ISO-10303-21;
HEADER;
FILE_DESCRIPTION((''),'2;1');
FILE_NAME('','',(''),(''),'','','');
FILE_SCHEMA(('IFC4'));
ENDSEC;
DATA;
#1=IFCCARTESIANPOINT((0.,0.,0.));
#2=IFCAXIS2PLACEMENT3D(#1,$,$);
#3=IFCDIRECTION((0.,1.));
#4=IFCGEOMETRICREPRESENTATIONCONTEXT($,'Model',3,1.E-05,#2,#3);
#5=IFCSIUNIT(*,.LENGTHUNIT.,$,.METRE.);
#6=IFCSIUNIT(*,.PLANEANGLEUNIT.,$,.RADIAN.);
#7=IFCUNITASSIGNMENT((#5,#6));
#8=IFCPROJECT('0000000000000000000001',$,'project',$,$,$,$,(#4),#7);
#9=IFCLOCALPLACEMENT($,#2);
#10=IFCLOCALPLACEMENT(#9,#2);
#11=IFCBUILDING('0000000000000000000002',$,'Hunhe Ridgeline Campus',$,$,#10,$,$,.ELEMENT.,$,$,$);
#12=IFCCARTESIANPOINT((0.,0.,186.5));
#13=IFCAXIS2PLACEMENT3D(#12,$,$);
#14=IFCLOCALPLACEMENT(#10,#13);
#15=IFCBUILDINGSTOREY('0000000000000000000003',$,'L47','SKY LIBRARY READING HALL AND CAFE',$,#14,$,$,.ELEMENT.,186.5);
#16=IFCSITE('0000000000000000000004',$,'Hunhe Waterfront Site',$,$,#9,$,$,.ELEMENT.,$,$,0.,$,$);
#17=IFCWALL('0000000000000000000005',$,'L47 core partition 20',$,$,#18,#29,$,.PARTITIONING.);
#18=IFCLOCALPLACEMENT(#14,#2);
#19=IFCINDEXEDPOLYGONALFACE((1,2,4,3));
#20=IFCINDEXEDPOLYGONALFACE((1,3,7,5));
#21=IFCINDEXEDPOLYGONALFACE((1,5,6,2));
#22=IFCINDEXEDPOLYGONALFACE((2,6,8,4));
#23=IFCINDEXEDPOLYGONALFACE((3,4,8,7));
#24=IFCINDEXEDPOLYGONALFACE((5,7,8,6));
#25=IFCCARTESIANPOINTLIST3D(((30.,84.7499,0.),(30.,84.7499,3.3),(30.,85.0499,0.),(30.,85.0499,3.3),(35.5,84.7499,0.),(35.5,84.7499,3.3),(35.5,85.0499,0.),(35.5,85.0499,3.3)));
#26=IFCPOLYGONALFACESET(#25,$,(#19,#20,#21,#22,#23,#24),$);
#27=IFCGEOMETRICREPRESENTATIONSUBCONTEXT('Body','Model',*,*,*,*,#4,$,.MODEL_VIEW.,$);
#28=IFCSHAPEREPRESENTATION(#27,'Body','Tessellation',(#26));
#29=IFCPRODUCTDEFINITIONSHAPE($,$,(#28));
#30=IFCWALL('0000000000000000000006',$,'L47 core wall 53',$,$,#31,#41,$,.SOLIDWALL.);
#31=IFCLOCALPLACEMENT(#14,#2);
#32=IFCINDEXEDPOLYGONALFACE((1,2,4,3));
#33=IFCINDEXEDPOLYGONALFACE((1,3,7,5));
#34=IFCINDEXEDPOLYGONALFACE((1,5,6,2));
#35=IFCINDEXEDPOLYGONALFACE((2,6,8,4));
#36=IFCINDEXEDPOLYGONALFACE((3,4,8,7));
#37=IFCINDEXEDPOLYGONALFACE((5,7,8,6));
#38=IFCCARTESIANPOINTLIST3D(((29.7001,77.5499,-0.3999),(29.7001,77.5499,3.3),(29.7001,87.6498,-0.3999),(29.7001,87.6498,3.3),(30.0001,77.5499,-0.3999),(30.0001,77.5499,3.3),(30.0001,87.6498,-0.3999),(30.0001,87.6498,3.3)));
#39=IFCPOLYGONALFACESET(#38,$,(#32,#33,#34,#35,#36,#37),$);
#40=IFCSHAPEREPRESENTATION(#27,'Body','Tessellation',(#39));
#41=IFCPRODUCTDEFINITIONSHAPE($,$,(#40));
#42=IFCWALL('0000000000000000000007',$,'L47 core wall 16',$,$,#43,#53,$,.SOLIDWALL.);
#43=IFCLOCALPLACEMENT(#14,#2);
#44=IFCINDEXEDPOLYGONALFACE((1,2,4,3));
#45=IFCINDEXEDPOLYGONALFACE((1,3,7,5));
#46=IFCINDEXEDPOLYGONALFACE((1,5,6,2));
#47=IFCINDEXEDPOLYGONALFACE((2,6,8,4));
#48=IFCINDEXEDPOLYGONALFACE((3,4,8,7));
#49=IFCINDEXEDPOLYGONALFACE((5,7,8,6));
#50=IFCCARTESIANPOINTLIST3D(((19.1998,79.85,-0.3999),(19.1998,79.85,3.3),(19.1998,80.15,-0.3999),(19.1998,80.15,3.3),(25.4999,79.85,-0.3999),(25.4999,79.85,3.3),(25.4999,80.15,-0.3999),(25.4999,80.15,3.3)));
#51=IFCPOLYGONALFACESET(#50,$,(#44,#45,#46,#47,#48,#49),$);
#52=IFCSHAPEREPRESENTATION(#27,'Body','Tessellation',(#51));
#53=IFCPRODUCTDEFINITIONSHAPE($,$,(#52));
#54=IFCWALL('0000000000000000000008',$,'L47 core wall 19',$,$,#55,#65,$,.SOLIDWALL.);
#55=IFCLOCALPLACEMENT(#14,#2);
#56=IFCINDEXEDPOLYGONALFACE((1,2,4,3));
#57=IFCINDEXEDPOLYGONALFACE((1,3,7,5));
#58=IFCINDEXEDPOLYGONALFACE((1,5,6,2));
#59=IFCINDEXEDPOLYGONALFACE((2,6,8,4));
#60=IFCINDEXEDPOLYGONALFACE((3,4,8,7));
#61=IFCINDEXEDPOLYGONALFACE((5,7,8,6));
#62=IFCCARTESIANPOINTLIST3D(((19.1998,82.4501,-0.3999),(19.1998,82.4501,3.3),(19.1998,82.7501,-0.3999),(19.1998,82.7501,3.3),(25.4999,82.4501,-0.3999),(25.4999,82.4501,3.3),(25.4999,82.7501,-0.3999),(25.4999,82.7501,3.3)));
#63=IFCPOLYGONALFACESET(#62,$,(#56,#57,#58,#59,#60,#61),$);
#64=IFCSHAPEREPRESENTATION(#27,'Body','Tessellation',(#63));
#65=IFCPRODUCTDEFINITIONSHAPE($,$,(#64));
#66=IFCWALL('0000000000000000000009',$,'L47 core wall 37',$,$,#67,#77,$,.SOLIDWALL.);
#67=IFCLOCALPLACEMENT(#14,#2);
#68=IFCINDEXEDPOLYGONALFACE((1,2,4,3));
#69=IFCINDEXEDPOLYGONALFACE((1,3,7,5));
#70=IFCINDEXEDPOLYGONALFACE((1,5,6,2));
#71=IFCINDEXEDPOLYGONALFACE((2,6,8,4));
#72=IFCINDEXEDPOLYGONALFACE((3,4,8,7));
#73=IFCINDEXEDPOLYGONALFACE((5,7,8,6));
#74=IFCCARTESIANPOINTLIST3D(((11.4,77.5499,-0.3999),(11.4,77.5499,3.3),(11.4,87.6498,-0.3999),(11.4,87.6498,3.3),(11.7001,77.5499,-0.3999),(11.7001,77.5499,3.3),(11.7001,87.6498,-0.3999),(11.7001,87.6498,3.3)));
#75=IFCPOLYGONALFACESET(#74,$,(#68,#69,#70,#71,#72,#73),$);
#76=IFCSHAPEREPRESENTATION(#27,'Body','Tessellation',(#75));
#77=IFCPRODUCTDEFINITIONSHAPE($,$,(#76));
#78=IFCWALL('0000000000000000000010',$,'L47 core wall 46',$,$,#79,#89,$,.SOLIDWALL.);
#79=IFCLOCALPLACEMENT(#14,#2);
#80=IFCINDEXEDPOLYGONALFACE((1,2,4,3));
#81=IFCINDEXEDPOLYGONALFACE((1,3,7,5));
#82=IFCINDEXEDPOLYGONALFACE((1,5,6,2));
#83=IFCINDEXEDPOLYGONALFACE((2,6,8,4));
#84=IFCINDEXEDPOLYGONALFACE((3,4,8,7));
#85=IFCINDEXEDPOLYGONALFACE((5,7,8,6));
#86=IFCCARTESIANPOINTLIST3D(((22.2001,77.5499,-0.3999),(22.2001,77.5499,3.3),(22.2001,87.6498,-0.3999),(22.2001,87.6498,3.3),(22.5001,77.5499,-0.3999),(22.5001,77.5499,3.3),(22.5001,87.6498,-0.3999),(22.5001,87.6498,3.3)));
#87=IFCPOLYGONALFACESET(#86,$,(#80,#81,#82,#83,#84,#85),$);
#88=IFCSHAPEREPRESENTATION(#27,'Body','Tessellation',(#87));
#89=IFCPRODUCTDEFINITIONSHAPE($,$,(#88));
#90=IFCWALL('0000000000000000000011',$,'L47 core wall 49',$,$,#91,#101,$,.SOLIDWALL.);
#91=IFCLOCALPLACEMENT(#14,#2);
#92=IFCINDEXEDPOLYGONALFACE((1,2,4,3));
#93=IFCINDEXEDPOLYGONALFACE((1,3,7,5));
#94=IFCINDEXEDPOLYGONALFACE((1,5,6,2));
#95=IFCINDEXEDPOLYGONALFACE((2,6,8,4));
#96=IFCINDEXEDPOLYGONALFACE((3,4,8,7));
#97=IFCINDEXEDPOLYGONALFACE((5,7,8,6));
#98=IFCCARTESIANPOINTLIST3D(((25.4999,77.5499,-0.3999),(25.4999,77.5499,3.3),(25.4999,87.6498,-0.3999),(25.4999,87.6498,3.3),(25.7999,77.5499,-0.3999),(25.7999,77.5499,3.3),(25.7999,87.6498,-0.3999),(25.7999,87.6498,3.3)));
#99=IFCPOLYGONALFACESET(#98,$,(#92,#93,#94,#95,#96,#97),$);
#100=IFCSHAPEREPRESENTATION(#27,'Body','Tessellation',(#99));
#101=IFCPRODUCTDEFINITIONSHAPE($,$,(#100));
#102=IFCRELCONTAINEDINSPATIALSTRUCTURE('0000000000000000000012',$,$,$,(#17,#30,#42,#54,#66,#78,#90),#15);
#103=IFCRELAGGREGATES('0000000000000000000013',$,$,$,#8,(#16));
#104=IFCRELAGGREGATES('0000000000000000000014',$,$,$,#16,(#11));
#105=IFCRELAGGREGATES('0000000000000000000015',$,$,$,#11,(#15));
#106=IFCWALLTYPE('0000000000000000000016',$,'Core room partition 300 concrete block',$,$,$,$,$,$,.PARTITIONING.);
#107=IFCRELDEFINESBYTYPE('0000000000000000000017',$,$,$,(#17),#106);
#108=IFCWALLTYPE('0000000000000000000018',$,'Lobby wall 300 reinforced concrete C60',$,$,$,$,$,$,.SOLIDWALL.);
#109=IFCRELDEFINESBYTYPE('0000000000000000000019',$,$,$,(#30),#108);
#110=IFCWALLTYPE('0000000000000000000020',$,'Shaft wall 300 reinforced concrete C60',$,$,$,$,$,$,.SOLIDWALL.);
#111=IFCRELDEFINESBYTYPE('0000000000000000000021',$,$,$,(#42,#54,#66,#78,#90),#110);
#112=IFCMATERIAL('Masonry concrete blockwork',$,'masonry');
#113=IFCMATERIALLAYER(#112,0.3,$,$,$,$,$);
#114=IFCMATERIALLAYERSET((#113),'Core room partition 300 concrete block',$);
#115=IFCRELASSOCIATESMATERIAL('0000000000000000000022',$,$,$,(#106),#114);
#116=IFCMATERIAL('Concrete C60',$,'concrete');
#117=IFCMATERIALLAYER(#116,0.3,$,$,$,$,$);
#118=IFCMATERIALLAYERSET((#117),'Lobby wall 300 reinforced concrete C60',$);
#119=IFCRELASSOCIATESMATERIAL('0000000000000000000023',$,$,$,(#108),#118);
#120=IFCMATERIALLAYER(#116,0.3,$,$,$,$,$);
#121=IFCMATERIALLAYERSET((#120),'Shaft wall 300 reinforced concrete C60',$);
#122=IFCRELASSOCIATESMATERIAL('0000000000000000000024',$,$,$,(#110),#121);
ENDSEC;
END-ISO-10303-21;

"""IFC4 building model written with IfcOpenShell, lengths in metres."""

from ifc_helpers import new_model, si_unit, direction, frame, frame_2d, origin, place, context, subcontext, project, spatial, rectangle, extrude, material, layer, layer_set, type_object, element, save


model = new_model("IFC4")

# Units and contexts
model_context = context("Model", 3, precision=1e-05, world=origin(), true_north=direction((0.0, 1.0)))
body_context = subcontext(model_context, "Body", "Model", "MODEL_VIEW")
ifc_project = project(units=[si_unit("LENGTHUNIT", "METRE"), si_unit("PLANEANGLEUNIT", "RADIAN")], contexts=[model_context])

# Site, building, storey
site_placement = place(None, origin())
site = spatial("IfcSite", under=ifc_project, at=site_placement, Name="Hunhe Waterfront Site", CompositionType="ELEMENT", RefElevation=0.0)
building_placement = place(site_placement, origin())
building = spatial("IfcBuilding", under=site, at=building_placement, Name="Hunhe Ridgeline Campus", CompositionType="ELEMENT")
storey_placement = place(building_placement, frame((0.0, 0.0, 186.5)))
storey = spatial("IfcBuildingStorey", under=building, at=storey_placement, Name="L47", Description="SKY LIBRARY READING HALL AND CAFE", CompositionType="ELEMENT", Elevation=186.5)

# Shared definitions
ifc_material_1 = material(Name="Masonry concrete blockwork", Category="masonry")
ifc_layer_1 = layer(ifc_material_1, 0.3)
ifc_layer_set_1 = layer_set([ifc_layer_1], Name="Core room partition 300 concrete block")
wall_type_1 = type_object("IfcWallType", Name="Core room partition 300 concrete block", PredefinedType="PARTITIONING", material=ifc_layer_set_1)

# Walls
wall_1_placement = place(storey_placement, frame((30.0, 84.8999, 0.0), z_axis=(0.0, 0.0, 1.0), x_axis=(1.0, 0.0, 0.0)))
element("IfcWall", 1, at=wall_1_placement, inside=storey, type_object=wall_type_1, Name="L47 core partition 20", PredefinedType="PARTITIONING", context=body_context, shape_type="SweptSolid", body=[
    extrude(rectangle(XDim=5.5, YDim=0.3, at=frame_2d((2.75, 0.0))), origin(), (0.0, 0.0, 1.0), 3.3),
])
ifc_material_2 = material(Name="Concrete C60", Category="concrete")
ifc_layer_2 = layer(ifc_material_2, 0.3)
ifc_layer_set_2 = layer_set([ifc_layer_2], Name="Lobby wall 300 reinforced concrete C60")
wall_type_2 = type_object("IfcWallType", Name="Lobby wall 300 reinforced concrete C60", PredefinedType="SOLIDWALL", material=ifc_layer_set_2)
wall_2_placement = place(storey_placement, frame((29.8501, 77.55, -0.3999), z_axis=(0.0, 0.0, 1.0), x_axis=(0.0, 1.0, 0.0)))
element("IfcWall", 2, at=wall_2_placement, inside=storey, type_object=wall_type_2, Name="L47 core wall 53", PredefinedType="SOLIDWALL", context=body_context, shape_type="SweptSolid", body=[
    extrude(rectangle(XDim=10.0999, YDim=0.3, at=frame_2d((5.0498, 0.0))), origin(), (0.0, 0.0, 1.0), 3.7),
])
ifc_layer_3 = layer(ifc_material_2, 0.3)
ifc_layer_set_3 = layer_set([ifc_layer_3], Name="Shaft wall 300 reinforced concrete C60")
wall_type_3 = type_object("IfcWallType", Name="Shaft wall 300 reinforced concrete C60", PredefinedType="SOLIDWALL", material=ifc_layer_set_3)
for number, where, z_axis, x_axis, name in (
    (3, (19.2, 80.0, -0.3999), (0.0, 0.0, 1.0), (1.0, 0.0, 0.0), "L47 core wall 16"),
    (4, (19.2, 82.6001, -0.3999), (0.0, 0.0, 1.0), (1.0, 0.0, 0.0), "L47 core wall 19"),
):
    element("IfcWall", number, at=place(storey_placement, frame(where, z_axis=z_axis, x_axis=x_axis)), inside=storey, type_object=wall_type_3, Name=name, PredefinedType="SOLIDWALL", context=body_context, shape_type="SweptSolid", body=[
        extrude(rectangle(XDim=6.3, YDim=0.3, at=frame_2d((3.1499, 0.0))), origin(), (0.0, 0.0, 1.0), 3.7),
    ])
wall_3_placement = place(storey_placement, frame((11.55, 77.55, -0.3999), z_axis=(0.0, 0.0, 1.0), x_axis=(0.0, 1.0, 0.0)))
element("IfcWall", 5, at=wall_3_placement, inside=storey, type_object=wall_type_3, Name="L47 core wall 37", PredefinedType="SOLIDWALL", context=body_context, shape_type="SweptSolid", body=[
    extrude(rectangle(XDim=10.0999, YDim=0.3, at=frame_2d((5.0498, 0.0))), origin(), (0.0, 0.0, 1.0), 3.7),
])

# Walls
for number, where, z_axis, x_axis, name in (
    (6, (22.3501, 77.55, -0.3999), (0.0, 0.0, 1.0), (0.0, 1.0, 0.0), "L47 core wall 46"),
    (7, (25.6499, 77.55, -0.3999), (0.0, 0.0, 1.0), (0.0, 1.0, 0.0), "L47 core wall 49"),
):
    element("IfcWall", number, at=place(storey_placement, frame(where, z_axis=z_axis, x_axis=x_axis)), inside=storey, type_object=wall_type_3, Name=name, PredefinedType="SOLIDWALL", context=body_context, shape_type="SweptSolid", body=[
        extrude(rectangle(XDim=10.0999, YDim=0.3, at=frame_2d((5.0498, 0.0))), origin(), (0.0, 0.0, 1.0), 3.7),
    ])

save(model, "model.ifc")
